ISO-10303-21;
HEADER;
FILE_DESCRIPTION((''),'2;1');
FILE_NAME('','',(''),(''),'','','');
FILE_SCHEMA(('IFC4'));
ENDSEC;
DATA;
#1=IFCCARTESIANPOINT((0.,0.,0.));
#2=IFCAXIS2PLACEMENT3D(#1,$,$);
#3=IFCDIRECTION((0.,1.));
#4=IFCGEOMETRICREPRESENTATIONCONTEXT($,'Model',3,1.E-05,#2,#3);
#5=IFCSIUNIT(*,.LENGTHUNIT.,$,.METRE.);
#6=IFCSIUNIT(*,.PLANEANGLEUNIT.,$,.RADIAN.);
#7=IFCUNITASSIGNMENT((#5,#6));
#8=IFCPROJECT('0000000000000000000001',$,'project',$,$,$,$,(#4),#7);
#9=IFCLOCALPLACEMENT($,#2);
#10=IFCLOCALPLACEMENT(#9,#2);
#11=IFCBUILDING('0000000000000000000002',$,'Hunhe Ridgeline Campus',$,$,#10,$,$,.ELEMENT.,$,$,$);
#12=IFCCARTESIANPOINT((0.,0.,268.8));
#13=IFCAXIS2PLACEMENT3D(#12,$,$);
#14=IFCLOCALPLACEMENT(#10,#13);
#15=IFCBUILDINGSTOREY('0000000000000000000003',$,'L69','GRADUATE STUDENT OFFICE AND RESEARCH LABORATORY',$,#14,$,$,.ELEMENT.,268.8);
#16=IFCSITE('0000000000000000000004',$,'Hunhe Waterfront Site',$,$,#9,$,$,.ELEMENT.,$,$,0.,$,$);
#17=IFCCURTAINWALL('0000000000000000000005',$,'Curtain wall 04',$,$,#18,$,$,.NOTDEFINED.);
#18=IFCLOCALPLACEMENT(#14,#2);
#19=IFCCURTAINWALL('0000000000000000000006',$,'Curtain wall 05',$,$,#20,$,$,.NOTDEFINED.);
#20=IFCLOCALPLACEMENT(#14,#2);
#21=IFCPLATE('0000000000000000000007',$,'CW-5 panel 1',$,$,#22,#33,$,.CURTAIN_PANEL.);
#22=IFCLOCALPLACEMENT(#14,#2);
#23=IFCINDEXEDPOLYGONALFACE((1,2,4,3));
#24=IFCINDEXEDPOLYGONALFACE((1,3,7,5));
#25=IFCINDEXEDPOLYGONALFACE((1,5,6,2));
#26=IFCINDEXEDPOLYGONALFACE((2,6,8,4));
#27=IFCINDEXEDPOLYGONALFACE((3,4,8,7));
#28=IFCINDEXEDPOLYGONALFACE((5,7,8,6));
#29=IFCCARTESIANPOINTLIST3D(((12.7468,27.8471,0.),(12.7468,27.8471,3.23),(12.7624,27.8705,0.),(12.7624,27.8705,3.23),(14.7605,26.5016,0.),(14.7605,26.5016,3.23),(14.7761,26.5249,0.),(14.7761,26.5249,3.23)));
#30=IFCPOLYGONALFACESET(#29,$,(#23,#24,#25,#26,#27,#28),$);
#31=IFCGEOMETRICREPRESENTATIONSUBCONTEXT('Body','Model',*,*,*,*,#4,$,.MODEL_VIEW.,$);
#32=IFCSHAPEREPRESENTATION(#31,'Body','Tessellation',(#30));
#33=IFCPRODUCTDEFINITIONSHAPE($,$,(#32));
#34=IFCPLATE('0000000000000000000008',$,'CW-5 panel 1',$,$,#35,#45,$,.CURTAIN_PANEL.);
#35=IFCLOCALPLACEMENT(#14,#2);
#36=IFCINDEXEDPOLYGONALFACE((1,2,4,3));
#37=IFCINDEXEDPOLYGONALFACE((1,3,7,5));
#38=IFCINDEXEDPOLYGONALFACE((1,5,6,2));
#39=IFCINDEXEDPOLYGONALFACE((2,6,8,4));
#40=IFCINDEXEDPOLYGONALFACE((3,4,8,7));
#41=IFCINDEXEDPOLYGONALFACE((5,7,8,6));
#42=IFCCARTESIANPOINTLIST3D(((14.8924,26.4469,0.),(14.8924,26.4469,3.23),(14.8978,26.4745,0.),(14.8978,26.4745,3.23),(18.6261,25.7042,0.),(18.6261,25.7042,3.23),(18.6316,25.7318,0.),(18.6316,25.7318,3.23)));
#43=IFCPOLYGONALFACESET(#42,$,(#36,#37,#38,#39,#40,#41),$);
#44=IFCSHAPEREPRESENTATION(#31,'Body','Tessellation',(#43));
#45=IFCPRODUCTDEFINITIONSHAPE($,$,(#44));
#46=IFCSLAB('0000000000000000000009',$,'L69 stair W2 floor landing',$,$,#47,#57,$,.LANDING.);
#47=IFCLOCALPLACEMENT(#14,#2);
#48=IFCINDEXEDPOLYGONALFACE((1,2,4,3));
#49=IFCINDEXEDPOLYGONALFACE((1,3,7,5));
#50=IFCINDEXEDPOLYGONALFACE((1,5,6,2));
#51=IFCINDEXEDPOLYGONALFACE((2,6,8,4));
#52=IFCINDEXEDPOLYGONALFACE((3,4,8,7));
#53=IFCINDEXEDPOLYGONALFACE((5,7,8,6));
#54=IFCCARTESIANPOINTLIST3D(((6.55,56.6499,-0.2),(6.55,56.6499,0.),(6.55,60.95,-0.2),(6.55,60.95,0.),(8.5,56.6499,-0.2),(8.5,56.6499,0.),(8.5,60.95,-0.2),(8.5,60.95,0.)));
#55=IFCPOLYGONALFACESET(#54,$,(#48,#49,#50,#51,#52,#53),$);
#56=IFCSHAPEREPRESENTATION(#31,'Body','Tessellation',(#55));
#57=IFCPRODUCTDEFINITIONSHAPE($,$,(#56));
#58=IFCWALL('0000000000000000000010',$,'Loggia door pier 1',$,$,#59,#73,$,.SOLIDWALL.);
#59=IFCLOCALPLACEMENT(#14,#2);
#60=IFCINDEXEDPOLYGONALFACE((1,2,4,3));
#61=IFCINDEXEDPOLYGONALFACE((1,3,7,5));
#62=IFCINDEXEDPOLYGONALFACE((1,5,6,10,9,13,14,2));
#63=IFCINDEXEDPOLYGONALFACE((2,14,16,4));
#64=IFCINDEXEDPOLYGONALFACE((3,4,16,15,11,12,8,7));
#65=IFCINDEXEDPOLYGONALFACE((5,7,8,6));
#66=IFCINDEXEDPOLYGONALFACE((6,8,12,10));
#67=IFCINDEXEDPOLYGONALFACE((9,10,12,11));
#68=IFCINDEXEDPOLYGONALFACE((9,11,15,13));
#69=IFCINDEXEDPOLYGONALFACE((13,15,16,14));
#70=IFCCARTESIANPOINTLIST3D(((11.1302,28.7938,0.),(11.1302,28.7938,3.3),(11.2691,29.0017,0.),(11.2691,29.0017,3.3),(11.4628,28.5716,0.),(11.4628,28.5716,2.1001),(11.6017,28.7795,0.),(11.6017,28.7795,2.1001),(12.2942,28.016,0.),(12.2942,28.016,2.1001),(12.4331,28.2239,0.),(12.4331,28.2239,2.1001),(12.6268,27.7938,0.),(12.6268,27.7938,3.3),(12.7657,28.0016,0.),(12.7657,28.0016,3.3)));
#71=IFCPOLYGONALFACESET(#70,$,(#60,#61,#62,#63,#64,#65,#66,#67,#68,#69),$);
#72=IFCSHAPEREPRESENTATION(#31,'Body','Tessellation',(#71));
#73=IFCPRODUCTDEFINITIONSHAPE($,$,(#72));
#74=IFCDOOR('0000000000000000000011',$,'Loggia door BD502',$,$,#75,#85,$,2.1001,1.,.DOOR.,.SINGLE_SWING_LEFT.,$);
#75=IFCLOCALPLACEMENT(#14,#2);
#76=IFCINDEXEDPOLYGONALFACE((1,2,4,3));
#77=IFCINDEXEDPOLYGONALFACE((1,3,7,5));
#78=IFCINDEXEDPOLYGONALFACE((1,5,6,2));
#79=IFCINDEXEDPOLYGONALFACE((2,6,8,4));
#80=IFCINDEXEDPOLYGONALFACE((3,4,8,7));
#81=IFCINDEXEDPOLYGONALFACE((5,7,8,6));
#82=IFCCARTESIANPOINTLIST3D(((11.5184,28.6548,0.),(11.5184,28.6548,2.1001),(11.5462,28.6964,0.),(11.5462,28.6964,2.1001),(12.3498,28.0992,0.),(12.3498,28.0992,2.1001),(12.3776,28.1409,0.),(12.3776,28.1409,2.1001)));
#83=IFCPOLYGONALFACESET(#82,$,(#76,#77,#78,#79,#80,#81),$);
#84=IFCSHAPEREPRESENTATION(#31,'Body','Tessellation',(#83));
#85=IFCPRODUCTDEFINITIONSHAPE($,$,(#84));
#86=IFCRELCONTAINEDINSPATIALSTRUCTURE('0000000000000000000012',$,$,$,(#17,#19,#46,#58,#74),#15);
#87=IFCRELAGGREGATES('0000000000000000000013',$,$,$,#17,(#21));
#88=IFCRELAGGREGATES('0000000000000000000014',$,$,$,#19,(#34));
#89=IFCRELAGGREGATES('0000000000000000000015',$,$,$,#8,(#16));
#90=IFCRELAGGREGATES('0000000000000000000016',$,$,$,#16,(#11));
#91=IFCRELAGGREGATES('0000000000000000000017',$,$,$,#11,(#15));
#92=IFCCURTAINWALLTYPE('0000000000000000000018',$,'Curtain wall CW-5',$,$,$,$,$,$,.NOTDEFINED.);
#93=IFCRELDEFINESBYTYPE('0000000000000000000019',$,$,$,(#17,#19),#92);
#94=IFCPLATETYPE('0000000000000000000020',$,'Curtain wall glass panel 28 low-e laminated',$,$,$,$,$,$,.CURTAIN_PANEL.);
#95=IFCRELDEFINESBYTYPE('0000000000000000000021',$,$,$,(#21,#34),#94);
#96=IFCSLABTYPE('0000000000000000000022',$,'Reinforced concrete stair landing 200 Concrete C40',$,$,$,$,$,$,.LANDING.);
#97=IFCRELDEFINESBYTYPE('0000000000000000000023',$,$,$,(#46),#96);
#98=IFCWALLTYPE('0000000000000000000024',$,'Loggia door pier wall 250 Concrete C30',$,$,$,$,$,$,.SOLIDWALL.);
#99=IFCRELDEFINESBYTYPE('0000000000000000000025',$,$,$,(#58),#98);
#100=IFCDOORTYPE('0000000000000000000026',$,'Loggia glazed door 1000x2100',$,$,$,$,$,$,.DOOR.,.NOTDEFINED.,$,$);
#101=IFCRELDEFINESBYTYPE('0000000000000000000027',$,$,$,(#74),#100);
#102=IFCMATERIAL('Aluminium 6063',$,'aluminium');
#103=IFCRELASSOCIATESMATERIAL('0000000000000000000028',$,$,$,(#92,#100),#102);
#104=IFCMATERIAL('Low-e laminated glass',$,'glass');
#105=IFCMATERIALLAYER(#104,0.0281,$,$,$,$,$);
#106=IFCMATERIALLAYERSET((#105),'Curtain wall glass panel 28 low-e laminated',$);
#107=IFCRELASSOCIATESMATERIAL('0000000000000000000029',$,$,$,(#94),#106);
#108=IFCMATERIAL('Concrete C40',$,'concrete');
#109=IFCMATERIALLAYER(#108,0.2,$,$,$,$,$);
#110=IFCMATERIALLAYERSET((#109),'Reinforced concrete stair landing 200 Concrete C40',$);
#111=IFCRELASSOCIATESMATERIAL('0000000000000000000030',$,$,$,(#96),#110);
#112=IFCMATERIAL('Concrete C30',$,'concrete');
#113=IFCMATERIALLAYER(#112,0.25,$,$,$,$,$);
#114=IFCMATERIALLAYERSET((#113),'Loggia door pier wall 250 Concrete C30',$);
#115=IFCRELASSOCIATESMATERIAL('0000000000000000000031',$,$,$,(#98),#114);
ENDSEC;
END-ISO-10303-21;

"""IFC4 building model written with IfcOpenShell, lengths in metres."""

from ifc_helpers import new_model, si_unit, direction, frame, frame_2d, origin, origin_2d, place, context, subcontext, project, spatial, polyline, rectangle, outline, extrude, material, layer, layer_set, type_object, element, fill, aggregate, save


model = new_model("IFC4")

# Units and contexts
model_context = context("Model", 3, precision=1e-05, world=origin(), true_north=direction((0.0, 1.0)))
body_context = subcontext(model_context, "Body", "Model", "MODEL_VIEW")
ifc_project = project(units=[si_unit("LENGTHUNIT", "METRE"), si_unit("PLANEANGLEUNIT", "RADIAN")], contexts=[model_context])

# Site, building, storey
site_placement = place(None, origin())
site = spatial("IfcSite", under=ifc_project, at=site_placement, Name="Hunhe Waterfront Site", CompositionType="ELEMENT", RefElevation=0.0)
building_placement = place(site_placement, origin())
building = spatial("IfcBuilding", under=site, at=building_placement, Name="Hunhe Ridgeline Campus", CompositionType="ELEMENT")
storey_placement = place(building_placement, frame((0.0, 0.0, 268.8)))
storey = spatial("IfcBuildingStorey", under=building, at=storey_placement, Name="L69", Description="GRADUATE STUDENT OFFICE AND RESEARCH LABORATORY", CompositionType="ELEMENT", Elevation=268.8)

# Shared definitions
ifc_material_1 = material(Name="Aluminium 6063", Category="aluminium")
curtain_wall_type = type_object("IfcCurtainWallType", Name="Curtain wall CW-5", PredefinedType="NOTDEFINED", material=ifc_material_1)

# Curtain wall
curtain_wall_1_placement = place(storey_placement, origin())
curtain_wall_1 = element("IfcCurtainWall", 1, at=curtain_wall_1_placement, inside=storey, type_object=curtain_wall_type, Name="Curtain wall 04", PredefinedType="NOTDEFINED")

# Curtain wall
curtain_wall_2_placement = place(storey_placement, origin())
curtain_wall_2 = element("IfcCurtainWall", 2, at=curtain_wall_2_placement, inside=storey, type_object=curtain_wall_type, Name="Curtain wall 05", PredefinedType="NOTDEFINED")

# Plates
ifc_material_2 = material(Name="Low-e laminated glass", Category="glass")
ifc_layer_1 = layer(ifc_material_2, 0.0281)
ifc_layer_set_1 = layer_set([ifc_layer_1], Name="Curtain wall glass panel 28 low-e laminated")
plate_type = type_object("IfcPlateType", Name="Curtain wall glass panel 28 low-e laminated", PredefinedType="CURTAIN_PANEL", material=ifc_layer_set_1)
plate_1_placement = place(storey_placement, frame((13.7615, 27.186, 0.0), z_axis=(0.0, 0.0, 1.0), x_axis=(0.83147, -0.55557, 0.0)))
plate_1 = element("IfcPlate", 3, at=plate_1_placement, type_object=plate_type, Name="CW-5 panel 1", PredefinedType="CURTAIN_PANEL", context=body_context, shape_type="SweptSolid", body=[
    extrude(rectangle(XDim=2.4219, YDim=0.0281, at=origin_2d()), origin(), (0.0, 0.0, 1.0), 3.23),
])
aggregate(curtain_wall_1, [plate_1])
plate_2_placement = place(storey_placement, frame((16.762, 26.0894, 0.0), z_axis=(0.0, 0.0, 1.0), x_axis=(0.980785, -0.19509, 0.0)))
plate_2 = element("IfcPlate", 4, at=plate_2_placement, type_object=plate_type, Name="CW-5 panel 1", PredefinedType="CURTAIN_PANEL", context=body_context, shape_type="SweptSolid", body=[
    extrude(rectangle(XDim=3.8069, YDim=0.0281, at=origin_2d()), origin(), (0.0, 0.0, 1.0), 3.23),
])
aggregate(curtain_wall_2, [plate_2])

# Slab
ifc_material_3 = material(Name="Concrete C40", Category="concrete")
ifc_layer_2 = layer(ifc_material_3, 0.2)
ifc_layer_set_2 = layer_set([ifc_layer_2], Name="Reinforced concrete stair landing 200 Concrete C40")
slab_type = type_object("IfcSlabType", Name="Reinforced concrete stair landing 200 Concrete C40", PredefinedType="LANDING", material=ifc_layer_set_2)
slab_placement = place(storey_placement, frame((0.0, 0.0, -0.2)))
element("IfcSlab", 5, at=slab_placement, inside=storey, type_object=slab_type, Name="L69 stair W2 floor landing", PredefinedType="LANDING", context=body_context, shape_type="SweptSolid", body=[
    extrude(outline(polyline([(8.5, 60.95), (6.55, 60.95), (6.55, 56.6499), (8.5, 56.6499), (8.5, 60.95)])), origin(), (0.0, 0.0, 1.0), 0.2),
])

# Wall, opening, door
ifc_material_4 = material(Name="Concrete C30", Category="concrete")
ifc_layer_3 = layer(ifc_material_4, 0.25)
ifc_layer_set_3 = layer_set([ifc_layer_3], Name="Loggia door pier wall 250 Concrete C30")
wall_type_1 = type_object("IfcWallType", Name="Loggia door pier wall 250 Concrete C30", PredefinedType="SOLIDWALL", material=ifc_layer_set_3)
wall_1_placement = place(storey_placement, frame((11.1997, 28.8977, 0.0), z_axis=(0.0, 0.0, 1.0), x_axis=(0.831466, -0.555576, 0.0)))
wall_1 = element("IfcWall", 6, at=wall_1_placement, inside=storey, type_object=wall_type_1, Name="Loggia door pier 1", PredefinedType="SOLIDWALL", context=body_context, shape_type="SweptSolid", body=[
    extrude(rectangle(XDim=1.8, YDim=0.25, at=frame_2d((0.8999, 0.0))), origin(), (0.0, 0.0, 1.0), 3.3),
])
opening_1_placement = place(wall_1_placement, frame((0.3999, 0.0, 0.0)))
opening_1 = element("IfcOpeningElement", 7, at=opening_1_placement, cuts=wall_1, PredefinedType="OPENING", context=body_context, shape_type="SweptSolid", body=[
    extrude(rectangle(XDim=1.0, YDim=2.1001, at=frame_2d((0.5, 1.05))), frame((0.0, 0.125, 0.0), z_axis=(0.0, -1.0, 0.0), x_axis=(1.0, 0.0, 0.0)), (0.0, 0.0, 1.0), 0.25),
])
door_type_1 = type_object("IfcDoorType", Name="Loggia glazed door 1000x2100", OperationType="NOTDEFINED", PredefinedType="DOOR", material=ifc_material_1)
door_1_placement = place(opening_1_placement, frame((1.0, 0.0, 0.0), z_axis=(0.0, 0.0, 1.0), x_axis=(-1.0, 0.0, 0.0)))
door_1 = element("IfcDoor", 8, at=door_1_placement, inside=storey, type_object=door_type_1, Name="Loggia door BD502", OperationType="SINGLE_SWING_LEFT", OverallHeight=2.1001, OverallWidth=1.0, PredefinedType="DOOR", context=body_context, shape_type="SweptSolid", body=[
    extrude(rectangle(XDim=1.0, YDim=2.1001, at=frame_2d((0.5, 1.05))), frame((0.0, 0.0249, 0.0), z_axis=(0.0, -1.0, 0.0), x_axis=(1.0, 0.0, 0.0)), (0.0, 0.0, 1.0), 0.05),
])
fill(opening_1, door_1)

save(model, "model.ifc")
